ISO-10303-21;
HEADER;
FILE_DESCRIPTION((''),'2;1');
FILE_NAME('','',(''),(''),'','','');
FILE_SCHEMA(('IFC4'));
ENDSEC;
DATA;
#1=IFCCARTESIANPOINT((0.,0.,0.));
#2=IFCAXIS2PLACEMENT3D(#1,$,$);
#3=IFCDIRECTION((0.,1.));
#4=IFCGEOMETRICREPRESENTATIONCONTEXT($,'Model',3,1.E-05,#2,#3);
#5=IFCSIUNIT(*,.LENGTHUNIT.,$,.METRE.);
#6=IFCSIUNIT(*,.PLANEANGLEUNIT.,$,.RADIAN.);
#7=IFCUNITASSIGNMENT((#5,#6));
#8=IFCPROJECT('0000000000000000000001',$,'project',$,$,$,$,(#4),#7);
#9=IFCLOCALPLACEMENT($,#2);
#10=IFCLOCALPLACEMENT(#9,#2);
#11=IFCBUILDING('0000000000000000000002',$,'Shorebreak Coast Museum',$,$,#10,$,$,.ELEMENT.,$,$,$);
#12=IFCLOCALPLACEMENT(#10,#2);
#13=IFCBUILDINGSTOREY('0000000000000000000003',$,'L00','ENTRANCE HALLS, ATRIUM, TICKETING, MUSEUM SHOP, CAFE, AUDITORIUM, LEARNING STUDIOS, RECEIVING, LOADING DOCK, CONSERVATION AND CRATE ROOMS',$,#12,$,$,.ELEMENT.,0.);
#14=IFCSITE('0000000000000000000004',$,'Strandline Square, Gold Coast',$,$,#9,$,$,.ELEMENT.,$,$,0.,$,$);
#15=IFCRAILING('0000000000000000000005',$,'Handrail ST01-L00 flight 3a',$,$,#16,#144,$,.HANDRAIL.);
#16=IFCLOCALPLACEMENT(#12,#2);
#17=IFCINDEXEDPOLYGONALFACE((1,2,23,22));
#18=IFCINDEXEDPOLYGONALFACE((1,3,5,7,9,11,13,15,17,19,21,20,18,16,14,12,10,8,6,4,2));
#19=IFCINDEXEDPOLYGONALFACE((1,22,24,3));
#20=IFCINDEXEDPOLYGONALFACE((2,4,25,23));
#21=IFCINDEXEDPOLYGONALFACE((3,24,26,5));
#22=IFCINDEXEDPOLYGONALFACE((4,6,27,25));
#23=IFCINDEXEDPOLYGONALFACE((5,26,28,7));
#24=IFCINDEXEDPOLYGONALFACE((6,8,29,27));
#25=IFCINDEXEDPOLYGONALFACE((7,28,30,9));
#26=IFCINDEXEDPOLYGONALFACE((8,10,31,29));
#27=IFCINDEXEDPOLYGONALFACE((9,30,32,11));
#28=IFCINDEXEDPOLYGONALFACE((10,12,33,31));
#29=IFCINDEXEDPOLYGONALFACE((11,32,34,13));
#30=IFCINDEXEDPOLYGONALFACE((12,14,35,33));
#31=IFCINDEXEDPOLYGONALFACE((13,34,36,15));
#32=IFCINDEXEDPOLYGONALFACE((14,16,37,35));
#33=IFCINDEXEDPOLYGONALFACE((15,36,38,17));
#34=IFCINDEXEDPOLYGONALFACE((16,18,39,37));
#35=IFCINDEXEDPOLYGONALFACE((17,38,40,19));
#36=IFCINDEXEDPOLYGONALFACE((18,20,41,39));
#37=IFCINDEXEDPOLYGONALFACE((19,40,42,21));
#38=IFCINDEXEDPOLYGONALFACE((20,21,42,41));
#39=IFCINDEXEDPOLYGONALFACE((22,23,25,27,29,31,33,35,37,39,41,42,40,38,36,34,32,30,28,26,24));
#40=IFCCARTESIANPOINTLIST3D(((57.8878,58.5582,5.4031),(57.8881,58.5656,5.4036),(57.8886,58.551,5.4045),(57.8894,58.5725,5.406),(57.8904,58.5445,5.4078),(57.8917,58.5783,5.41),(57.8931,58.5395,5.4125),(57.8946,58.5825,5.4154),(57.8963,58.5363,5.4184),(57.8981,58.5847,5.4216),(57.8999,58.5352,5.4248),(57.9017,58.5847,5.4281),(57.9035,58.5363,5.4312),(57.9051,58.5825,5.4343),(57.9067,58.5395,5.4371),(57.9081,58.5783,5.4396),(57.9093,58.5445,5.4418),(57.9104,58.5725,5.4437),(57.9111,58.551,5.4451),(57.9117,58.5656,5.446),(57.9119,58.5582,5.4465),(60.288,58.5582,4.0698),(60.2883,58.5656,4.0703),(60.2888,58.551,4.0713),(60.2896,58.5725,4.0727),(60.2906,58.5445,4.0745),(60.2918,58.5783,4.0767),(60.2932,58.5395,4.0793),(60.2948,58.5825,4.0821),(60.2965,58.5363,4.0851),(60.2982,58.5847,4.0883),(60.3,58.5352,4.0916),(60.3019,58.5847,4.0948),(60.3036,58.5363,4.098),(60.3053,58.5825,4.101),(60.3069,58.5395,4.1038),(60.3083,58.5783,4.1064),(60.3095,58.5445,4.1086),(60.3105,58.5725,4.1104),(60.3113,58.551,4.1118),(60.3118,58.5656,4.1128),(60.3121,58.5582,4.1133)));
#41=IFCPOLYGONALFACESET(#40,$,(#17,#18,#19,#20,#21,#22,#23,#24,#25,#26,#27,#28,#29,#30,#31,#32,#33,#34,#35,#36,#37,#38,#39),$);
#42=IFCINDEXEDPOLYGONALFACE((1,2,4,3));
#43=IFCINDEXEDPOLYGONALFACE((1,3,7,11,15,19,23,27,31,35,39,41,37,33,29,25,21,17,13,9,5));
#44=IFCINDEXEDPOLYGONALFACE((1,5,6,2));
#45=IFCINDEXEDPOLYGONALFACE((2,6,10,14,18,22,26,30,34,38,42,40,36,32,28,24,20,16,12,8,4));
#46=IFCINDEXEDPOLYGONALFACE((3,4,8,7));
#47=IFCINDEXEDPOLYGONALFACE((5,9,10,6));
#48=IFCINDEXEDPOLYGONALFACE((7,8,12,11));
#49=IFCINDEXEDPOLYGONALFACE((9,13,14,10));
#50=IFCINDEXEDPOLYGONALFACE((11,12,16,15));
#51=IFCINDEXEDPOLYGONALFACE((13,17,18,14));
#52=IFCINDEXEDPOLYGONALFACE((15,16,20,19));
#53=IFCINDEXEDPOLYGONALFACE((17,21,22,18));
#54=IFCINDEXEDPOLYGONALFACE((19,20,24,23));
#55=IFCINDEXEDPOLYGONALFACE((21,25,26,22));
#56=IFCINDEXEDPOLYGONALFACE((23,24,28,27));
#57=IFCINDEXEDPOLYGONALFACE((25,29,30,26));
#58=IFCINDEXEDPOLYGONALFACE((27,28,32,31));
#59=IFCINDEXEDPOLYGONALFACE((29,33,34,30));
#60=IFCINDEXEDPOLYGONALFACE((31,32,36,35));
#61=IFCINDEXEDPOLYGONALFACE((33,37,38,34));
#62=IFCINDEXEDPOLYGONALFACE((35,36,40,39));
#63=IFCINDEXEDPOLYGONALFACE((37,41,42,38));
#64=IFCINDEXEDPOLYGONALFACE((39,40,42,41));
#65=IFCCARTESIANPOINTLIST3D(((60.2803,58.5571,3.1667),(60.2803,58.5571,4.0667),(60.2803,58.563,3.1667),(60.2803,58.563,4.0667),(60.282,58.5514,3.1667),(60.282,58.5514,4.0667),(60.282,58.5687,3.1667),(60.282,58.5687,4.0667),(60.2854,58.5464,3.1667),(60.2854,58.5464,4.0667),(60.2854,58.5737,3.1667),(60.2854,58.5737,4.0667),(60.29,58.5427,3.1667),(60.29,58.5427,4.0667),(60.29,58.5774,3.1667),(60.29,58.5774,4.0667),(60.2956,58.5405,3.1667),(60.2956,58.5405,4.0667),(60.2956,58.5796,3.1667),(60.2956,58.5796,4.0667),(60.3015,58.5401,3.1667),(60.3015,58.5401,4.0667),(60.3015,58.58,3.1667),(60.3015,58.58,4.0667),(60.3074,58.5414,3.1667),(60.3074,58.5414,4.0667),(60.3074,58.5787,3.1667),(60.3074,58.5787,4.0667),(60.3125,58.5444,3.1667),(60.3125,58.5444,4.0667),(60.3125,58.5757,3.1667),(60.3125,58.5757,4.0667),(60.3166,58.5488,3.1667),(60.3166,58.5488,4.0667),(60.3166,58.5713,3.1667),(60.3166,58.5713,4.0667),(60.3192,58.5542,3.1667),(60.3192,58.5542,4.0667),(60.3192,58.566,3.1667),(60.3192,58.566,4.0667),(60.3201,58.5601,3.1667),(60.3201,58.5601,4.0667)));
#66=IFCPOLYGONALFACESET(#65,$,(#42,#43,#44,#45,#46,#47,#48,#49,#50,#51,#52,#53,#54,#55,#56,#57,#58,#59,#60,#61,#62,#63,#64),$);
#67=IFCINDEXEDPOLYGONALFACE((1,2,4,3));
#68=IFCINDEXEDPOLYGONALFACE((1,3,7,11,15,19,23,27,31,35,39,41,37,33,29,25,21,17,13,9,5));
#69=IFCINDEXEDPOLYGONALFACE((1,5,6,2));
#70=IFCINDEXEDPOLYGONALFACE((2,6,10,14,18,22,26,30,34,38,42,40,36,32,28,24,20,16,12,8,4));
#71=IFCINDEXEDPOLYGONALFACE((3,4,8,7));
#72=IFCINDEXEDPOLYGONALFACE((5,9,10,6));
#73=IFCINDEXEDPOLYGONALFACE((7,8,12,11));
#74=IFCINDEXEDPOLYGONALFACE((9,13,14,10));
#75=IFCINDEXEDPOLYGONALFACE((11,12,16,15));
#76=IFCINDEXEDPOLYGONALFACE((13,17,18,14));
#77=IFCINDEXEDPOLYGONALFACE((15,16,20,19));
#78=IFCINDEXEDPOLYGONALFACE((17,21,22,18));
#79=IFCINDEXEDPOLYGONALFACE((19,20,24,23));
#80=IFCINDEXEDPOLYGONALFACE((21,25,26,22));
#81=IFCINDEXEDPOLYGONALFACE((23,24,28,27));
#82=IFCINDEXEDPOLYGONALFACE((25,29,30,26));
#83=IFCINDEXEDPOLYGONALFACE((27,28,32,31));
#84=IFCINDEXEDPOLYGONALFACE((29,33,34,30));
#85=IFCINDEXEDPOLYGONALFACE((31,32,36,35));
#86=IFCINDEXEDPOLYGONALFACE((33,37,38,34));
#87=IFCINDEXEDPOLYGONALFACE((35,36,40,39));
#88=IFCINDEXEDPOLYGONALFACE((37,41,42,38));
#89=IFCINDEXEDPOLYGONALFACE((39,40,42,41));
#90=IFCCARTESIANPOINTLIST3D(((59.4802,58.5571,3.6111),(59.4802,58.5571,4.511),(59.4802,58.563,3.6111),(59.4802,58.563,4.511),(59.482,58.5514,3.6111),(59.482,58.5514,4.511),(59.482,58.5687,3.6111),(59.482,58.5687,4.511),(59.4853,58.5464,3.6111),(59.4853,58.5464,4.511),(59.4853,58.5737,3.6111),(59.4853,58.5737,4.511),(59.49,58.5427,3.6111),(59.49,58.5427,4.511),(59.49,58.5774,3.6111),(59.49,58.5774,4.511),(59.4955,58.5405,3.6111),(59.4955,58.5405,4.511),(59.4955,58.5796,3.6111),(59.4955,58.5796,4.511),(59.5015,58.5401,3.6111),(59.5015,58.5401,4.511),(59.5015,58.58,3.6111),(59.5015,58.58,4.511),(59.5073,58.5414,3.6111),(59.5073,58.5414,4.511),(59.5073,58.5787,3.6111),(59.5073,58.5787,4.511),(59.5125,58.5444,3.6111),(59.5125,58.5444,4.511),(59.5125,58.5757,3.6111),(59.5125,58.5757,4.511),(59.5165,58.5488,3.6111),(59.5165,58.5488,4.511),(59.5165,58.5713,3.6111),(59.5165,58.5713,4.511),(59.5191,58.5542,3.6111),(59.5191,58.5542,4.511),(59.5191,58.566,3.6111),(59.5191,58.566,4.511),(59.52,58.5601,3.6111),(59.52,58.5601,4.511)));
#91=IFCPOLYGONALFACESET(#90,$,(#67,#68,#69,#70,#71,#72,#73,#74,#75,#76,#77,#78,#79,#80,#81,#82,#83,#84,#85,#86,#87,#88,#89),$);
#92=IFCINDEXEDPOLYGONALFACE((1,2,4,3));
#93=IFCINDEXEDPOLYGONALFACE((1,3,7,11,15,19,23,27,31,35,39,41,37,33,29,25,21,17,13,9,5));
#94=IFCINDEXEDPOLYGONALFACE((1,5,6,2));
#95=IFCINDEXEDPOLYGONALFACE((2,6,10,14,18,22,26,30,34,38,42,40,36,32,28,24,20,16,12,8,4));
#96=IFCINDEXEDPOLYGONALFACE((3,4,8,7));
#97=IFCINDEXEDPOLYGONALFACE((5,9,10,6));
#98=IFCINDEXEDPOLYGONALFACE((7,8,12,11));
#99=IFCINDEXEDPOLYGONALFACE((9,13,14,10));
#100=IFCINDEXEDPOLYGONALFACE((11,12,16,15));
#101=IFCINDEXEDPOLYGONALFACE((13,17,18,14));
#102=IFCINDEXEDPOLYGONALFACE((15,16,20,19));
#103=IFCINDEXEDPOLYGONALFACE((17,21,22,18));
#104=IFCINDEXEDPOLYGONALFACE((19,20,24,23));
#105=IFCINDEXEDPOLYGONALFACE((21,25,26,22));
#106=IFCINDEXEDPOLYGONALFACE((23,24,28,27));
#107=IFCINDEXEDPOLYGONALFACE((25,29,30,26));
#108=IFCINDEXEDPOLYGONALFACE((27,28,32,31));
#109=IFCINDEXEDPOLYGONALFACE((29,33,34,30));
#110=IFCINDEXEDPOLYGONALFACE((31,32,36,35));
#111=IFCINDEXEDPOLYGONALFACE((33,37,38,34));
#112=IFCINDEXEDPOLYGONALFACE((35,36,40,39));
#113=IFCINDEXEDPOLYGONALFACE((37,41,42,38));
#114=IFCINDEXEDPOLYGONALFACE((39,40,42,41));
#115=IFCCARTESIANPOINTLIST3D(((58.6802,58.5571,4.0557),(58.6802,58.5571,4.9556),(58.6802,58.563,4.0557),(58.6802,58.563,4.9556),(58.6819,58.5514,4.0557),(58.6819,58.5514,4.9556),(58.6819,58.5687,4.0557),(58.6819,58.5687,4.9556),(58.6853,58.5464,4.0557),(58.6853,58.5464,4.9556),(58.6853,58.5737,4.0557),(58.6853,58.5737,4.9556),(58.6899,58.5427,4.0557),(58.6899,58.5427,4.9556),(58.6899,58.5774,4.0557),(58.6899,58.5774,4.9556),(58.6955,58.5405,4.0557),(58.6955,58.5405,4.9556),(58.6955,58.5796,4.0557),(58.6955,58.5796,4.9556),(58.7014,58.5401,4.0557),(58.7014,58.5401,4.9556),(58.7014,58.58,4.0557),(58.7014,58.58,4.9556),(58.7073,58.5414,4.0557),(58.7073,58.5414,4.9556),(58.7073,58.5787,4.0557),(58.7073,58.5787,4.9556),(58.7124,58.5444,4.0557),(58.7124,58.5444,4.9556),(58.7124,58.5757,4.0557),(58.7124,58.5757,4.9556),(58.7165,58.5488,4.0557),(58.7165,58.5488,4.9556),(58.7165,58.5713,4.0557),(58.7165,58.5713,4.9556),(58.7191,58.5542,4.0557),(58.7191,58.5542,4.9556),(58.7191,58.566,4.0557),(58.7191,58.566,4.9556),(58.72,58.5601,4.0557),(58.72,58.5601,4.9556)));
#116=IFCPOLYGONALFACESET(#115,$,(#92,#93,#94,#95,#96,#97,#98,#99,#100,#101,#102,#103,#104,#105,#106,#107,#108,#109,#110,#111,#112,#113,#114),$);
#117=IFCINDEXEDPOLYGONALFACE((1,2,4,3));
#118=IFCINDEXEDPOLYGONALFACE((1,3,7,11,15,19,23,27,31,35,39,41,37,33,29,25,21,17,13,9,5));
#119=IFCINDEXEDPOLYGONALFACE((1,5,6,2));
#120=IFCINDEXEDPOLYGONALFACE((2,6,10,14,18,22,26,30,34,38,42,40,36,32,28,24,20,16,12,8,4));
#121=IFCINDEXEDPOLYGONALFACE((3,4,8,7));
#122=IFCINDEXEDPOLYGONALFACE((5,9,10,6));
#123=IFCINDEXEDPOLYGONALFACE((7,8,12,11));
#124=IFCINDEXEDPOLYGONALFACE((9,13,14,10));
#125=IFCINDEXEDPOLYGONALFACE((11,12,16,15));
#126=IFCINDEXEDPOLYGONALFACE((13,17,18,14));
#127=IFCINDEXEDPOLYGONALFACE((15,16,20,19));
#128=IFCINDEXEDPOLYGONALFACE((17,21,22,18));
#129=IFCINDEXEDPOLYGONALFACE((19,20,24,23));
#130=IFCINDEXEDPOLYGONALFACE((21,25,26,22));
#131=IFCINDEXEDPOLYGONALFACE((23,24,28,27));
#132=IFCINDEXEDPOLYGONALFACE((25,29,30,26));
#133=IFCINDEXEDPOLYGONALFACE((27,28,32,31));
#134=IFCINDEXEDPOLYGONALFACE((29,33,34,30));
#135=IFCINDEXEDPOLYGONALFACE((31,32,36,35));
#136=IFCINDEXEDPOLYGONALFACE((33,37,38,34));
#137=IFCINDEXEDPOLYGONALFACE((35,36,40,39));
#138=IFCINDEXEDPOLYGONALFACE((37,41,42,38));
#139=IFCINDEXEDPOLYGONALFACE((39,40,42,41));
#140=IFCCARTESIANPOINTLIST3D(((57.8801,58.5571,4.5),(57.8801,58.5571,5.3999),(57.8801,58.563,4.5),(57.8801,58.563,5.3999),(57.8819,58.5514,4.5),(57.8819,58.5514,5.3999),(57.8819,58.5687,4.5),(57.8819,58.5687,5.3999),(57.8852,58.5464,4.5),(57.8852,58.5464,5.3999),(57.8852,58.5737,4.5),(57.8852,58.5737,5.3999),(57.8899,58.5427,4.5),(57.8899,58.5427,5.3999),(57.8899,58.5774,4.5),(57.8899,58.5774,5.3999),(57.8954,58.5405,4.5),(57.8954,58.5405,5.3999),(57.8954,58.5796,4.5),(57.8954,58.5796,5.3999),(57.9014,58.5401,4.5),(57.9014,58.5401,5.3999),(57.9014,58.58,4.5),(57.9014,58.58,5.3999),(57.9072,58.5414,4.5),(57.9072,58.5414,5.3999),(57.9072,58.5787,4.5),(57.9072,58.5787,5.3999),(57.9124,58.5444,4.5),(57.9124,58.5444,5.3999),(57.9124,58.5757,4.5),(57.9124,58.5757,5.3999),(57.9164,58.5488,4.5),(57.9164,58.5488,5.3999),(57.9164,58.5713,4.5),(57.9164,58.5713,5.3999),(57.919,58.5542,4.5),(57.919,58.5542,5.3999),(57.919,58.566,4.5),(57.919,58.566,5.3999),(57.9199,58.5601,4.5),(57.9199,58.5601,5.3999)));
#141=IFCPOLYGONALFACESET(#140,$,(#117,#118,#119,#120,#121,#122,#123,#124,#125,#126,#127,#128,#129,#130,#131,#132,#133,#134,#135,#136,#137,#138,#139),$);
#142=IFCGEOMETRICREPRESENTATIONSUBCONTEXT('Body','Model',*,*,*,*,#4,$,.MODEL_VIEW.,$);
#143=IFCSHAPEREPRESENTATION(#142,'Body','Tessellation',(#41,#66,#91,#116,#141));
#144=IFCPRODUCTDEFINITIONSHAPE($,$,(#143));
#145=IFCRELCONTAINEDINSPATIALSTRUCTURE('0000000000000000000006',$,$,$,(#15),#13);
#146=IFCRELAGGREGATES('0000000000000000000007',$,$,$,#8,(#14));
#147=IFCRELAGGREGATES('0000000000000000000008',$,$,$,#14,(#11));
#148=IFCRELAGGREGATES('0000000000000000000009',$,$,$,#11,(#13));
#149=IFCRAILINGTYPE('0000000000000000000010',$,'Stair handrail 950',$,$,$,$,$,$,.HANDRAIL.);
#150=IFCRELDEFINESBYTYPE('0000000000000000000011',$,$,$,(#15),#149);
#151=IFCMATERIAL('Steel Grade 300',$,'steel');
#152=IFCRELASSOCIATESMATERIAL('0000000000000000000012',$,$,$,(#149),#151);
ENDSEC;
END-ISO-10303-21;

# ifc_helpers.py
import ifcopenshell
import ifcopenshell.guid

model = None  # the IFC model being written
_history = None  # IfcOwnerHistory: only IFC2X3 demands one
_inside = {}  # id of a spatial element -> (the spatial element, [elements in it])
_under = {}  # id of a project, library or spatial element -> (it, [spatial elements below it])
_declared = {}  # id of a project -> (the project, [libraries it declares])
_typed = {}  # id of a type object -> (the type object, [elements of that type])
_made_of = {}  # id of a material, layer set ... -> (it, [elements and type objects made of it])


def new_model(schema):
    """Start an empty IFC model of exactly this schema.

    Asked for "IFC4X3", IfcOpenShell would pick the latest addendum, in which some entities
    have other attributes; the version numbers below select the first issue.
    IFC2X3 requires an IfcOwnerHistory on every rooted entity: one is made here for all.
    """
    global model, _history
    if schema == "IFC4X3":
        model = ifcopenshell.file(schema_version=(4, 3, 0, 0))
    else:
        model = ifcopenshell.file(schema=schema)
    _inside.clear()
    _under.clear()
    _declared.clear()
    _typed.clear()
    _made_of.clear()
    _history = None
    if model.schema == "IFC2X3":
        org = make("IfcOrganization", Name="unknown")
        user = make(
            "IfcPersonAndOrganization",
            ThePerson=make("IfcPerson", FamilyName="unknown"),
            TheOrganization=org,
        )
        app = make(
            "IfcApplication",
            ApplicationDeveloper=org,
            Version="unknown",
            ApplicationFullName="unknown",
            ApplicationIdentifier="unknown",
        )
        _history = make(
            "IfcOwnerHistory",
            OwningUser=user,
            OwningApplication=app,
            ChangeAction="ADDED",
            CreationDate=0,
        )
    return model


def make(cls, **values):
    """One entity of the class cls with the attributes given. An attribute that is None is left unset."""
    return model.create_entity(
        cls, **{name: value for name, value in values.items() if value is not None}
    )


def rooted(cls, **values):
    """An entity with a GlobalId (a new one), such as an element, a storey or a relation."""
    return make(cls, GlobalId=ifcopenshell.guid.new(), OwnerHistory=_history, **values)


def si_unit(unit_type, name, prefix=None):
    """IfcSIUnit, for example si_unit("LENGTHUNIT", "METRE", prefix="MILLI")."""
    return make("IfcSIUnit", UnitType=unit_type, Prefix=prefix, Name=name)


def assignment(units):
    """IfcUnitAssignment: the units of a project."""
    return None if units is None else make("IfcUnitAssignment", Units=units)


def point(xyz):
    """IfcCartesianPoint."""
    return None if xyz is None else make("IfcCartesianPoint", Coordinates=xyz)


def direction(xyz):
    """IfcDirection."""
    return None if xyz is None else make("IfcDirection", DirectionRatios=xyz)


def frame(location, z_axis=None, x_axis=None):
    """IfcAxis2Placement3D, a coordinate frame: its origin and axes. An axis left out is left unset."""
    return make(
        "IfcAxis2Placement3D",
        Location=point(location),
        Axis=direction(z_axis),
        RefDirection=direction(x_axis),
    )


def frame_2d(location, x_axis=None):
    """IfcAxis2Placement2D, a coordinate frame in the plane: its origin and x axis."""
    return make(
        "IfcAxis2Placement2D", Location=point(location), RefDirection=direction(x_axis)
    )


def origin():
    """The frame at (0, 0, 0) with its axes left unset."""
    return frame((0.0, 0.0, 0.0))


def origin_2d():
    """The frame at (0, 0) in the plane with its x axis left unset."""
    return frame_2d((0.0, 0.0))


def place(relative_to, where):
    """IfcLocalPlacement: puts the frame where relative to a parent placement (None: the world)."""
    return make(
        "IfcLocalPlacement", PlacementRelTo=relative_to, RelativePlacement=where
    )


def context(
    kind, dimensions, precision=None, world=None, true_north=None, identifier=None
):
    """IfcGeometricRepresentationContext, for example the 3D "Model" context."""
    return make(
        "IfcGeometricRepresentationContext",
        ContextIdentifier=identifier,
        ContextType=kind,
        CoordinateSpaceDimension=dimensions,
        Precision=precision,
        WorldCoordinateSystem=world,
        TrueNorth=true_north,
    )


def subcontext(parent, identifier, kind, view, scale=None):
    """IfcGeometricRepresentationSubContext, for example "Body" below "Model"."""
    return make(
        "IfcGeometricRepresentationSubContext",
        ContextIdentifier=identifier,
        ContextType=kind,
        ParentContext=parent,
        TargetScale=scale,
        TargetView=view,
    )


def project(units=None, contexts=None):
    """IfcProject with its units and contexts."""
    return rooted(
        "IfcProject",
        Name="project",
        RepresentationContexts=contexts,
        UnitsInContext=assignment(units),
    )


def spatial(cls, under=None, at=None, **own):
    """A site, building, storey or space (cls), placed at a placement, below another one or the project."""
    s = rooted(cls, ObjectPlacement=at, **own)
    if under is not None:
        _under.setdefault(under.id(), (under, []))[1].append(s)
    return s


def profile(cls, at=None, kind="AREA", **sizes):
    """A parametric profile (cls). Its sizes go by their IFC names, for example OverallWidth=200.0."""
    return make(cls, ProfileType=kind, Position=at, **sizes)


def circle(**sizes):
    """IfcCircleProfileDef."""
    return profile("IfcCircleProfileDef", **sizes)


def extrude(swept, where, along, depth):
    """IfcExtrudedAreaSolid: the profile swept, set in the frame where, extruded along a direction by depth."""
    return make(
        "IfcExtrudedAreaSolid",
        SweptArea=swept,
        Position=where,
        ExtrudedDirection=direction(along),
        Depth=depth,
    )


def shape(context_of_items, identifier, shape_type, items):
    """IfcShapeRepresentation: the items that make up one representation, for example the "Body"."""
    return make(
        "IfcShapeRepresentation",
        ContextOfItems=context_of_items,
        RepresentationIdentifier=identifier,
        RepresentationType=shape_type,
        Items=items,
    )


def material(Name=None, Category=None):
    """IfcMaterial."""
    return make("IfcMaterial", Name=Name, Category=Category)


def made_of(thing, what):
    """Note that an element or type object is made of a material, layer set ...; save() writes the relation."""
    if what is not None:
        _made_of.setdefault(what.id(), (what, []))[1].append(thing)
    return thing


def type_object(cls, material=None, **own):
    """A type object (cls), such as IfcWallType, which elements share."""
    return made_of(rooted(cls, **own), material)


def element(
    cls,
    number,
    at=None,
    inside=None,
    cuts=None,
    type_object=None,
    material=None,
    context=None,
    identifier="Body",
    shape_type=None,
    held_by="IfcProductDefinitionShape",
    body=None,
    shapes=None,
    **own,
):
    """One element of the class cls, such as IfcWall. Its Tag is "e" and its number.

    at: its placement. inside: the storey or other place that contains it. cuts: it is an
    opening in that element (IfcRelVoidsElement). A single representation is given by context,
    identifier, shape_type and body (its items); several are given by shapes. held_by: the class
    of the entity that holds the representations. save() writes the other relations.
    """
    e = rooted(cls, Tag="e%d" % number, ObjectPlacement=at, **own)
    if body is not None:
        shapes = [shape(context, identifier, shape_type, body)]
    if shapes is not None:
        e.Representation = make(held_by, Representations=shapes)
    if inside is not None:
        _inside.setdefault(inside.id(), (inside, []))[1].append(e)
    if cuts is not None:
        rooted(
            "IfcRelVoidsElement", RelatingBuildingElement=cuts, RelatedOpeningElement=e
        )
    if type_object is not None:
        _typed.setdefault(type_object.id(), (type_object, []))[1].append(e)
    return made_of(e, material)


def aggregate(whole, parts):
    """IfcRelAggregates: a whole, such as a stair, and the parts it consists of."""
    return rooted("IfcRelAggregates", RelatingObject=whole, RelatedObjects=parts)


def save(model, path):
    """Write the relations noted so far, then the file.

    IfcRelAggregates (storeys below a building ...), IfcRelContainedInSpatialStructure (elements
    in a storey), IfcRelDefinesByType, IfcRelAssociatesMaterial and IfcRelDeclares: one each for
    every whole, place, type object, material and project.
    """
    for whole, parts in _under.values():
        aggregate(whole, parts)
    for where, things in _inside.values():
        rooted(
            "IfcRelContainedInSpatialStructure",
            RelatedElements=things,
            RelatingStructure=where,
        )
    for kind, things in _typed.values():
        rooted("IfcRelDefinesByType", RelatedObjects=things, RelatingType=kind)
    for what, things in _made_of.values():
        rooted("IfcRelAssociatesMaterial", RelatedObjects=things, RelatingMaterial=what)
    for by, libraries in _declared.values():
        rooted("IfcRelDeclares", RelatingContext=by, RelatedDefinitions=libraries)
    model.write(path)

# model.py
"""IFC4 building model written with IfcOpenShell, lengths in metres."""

from ifc_helpers import new_model, si_unit, direction, frame, origin, origin_2d, place, context, subcontext, project, spatial, circle, extrude, material, type_object, element, save


model = new_model("IFC4")

# Units and contexts
model_context = context("Model", 3, precision=1e-05, world=origin(), true_north=direction((0.0, 1.0)))
body_context = subcontext(model_context, "Body", "Model", "MODEL_VIEW")
ifc_project = project(units=[si_unit("LENGTHUNIT", "METRE"), si_unit("PLANEANGLEUNIT", "RADIAN")], contexts=[model_context])

# Site, building, storey
site_placement = place(None, origin())
site = spatial("IfcSite", under=ifc_project, at=site_placement, Name="Strandline Square, Gold Coast", CompositionType="ELEMENT", RefElevation=0.0)
building_placement = place(site_placement, origin())
building = spatial("IfcBuilding", under=site, at=building_placement, Name="Shorebreak Coast Museum", CompositionType="ELEMENT")
storey_placement = place(building_placement, origin())
storey = spatial("IfcBuildingStorey", under=building, at=storey_placement, Name="L00", Description="ENTRANCE HALLS, ATRIUM, TICKETING, MUSEUM SHOP, CAFE, AUDITORIUM, LEARNING STUDIOS, RECEIVING, LOADING DOCK, CONSERVATION AND CRATE ROOMS", CompositionType="ELEMENT", Elevation=0.0)

# Railing
ifc_material_1 = material(Name="Steel Grade 300", Category="steel")
railing_type_1 = type_object("IfcRailingType", Name="Stair handrail 950", PredefinedType="HANDRAIL", material=ifc_material_1)
for number, where, name in (
    (1, (60.3, 58.5601, 3.1667), "Handrail ST01-L00 flight 3a"),
):
    element("IfcRailing", number, at=place(storey_placement, frame(where)), inside=storey, type_object=railing_type_1, Name=name, PredefinedType="HANDRAIL", context=body_context, shape_type="SweptSolid", body=[
        extrude(circle(Radius=0.0249, at=origin_2d()), frame((0.0, 0.0, 0.9248), z_axis=(-0.874182, 0.0, 0.485598), x_axis=(0.0, -1.0, 0.0)), (0.0, 0.0, 1.0), 2.7456),
        extrude(circle(Radius=0.02, at=origin_2d()), origin(), (0.0, 0.0, 1.0), 0.8999),
        extrude(circle(Radius=0.02, at=origin_2d()), frame((-0.8, 0.0, 0.4443)), (0.0, 0.0, 1.0), 0.8999),
        extrude(circle(Radius=0.02, at=origin_2d()), frame((-1.6001, 0.0, 0.8889)), (0.0, 0.0, 1.0), 0.8999),
        extrude(circle(Radius=0.02, at=origin_2d()), frame((-2.4001, 0.0, 1.3333)), (0.0, 0.0, 1.0), 0.8999),
    ])

save(model, "model.ifc")
